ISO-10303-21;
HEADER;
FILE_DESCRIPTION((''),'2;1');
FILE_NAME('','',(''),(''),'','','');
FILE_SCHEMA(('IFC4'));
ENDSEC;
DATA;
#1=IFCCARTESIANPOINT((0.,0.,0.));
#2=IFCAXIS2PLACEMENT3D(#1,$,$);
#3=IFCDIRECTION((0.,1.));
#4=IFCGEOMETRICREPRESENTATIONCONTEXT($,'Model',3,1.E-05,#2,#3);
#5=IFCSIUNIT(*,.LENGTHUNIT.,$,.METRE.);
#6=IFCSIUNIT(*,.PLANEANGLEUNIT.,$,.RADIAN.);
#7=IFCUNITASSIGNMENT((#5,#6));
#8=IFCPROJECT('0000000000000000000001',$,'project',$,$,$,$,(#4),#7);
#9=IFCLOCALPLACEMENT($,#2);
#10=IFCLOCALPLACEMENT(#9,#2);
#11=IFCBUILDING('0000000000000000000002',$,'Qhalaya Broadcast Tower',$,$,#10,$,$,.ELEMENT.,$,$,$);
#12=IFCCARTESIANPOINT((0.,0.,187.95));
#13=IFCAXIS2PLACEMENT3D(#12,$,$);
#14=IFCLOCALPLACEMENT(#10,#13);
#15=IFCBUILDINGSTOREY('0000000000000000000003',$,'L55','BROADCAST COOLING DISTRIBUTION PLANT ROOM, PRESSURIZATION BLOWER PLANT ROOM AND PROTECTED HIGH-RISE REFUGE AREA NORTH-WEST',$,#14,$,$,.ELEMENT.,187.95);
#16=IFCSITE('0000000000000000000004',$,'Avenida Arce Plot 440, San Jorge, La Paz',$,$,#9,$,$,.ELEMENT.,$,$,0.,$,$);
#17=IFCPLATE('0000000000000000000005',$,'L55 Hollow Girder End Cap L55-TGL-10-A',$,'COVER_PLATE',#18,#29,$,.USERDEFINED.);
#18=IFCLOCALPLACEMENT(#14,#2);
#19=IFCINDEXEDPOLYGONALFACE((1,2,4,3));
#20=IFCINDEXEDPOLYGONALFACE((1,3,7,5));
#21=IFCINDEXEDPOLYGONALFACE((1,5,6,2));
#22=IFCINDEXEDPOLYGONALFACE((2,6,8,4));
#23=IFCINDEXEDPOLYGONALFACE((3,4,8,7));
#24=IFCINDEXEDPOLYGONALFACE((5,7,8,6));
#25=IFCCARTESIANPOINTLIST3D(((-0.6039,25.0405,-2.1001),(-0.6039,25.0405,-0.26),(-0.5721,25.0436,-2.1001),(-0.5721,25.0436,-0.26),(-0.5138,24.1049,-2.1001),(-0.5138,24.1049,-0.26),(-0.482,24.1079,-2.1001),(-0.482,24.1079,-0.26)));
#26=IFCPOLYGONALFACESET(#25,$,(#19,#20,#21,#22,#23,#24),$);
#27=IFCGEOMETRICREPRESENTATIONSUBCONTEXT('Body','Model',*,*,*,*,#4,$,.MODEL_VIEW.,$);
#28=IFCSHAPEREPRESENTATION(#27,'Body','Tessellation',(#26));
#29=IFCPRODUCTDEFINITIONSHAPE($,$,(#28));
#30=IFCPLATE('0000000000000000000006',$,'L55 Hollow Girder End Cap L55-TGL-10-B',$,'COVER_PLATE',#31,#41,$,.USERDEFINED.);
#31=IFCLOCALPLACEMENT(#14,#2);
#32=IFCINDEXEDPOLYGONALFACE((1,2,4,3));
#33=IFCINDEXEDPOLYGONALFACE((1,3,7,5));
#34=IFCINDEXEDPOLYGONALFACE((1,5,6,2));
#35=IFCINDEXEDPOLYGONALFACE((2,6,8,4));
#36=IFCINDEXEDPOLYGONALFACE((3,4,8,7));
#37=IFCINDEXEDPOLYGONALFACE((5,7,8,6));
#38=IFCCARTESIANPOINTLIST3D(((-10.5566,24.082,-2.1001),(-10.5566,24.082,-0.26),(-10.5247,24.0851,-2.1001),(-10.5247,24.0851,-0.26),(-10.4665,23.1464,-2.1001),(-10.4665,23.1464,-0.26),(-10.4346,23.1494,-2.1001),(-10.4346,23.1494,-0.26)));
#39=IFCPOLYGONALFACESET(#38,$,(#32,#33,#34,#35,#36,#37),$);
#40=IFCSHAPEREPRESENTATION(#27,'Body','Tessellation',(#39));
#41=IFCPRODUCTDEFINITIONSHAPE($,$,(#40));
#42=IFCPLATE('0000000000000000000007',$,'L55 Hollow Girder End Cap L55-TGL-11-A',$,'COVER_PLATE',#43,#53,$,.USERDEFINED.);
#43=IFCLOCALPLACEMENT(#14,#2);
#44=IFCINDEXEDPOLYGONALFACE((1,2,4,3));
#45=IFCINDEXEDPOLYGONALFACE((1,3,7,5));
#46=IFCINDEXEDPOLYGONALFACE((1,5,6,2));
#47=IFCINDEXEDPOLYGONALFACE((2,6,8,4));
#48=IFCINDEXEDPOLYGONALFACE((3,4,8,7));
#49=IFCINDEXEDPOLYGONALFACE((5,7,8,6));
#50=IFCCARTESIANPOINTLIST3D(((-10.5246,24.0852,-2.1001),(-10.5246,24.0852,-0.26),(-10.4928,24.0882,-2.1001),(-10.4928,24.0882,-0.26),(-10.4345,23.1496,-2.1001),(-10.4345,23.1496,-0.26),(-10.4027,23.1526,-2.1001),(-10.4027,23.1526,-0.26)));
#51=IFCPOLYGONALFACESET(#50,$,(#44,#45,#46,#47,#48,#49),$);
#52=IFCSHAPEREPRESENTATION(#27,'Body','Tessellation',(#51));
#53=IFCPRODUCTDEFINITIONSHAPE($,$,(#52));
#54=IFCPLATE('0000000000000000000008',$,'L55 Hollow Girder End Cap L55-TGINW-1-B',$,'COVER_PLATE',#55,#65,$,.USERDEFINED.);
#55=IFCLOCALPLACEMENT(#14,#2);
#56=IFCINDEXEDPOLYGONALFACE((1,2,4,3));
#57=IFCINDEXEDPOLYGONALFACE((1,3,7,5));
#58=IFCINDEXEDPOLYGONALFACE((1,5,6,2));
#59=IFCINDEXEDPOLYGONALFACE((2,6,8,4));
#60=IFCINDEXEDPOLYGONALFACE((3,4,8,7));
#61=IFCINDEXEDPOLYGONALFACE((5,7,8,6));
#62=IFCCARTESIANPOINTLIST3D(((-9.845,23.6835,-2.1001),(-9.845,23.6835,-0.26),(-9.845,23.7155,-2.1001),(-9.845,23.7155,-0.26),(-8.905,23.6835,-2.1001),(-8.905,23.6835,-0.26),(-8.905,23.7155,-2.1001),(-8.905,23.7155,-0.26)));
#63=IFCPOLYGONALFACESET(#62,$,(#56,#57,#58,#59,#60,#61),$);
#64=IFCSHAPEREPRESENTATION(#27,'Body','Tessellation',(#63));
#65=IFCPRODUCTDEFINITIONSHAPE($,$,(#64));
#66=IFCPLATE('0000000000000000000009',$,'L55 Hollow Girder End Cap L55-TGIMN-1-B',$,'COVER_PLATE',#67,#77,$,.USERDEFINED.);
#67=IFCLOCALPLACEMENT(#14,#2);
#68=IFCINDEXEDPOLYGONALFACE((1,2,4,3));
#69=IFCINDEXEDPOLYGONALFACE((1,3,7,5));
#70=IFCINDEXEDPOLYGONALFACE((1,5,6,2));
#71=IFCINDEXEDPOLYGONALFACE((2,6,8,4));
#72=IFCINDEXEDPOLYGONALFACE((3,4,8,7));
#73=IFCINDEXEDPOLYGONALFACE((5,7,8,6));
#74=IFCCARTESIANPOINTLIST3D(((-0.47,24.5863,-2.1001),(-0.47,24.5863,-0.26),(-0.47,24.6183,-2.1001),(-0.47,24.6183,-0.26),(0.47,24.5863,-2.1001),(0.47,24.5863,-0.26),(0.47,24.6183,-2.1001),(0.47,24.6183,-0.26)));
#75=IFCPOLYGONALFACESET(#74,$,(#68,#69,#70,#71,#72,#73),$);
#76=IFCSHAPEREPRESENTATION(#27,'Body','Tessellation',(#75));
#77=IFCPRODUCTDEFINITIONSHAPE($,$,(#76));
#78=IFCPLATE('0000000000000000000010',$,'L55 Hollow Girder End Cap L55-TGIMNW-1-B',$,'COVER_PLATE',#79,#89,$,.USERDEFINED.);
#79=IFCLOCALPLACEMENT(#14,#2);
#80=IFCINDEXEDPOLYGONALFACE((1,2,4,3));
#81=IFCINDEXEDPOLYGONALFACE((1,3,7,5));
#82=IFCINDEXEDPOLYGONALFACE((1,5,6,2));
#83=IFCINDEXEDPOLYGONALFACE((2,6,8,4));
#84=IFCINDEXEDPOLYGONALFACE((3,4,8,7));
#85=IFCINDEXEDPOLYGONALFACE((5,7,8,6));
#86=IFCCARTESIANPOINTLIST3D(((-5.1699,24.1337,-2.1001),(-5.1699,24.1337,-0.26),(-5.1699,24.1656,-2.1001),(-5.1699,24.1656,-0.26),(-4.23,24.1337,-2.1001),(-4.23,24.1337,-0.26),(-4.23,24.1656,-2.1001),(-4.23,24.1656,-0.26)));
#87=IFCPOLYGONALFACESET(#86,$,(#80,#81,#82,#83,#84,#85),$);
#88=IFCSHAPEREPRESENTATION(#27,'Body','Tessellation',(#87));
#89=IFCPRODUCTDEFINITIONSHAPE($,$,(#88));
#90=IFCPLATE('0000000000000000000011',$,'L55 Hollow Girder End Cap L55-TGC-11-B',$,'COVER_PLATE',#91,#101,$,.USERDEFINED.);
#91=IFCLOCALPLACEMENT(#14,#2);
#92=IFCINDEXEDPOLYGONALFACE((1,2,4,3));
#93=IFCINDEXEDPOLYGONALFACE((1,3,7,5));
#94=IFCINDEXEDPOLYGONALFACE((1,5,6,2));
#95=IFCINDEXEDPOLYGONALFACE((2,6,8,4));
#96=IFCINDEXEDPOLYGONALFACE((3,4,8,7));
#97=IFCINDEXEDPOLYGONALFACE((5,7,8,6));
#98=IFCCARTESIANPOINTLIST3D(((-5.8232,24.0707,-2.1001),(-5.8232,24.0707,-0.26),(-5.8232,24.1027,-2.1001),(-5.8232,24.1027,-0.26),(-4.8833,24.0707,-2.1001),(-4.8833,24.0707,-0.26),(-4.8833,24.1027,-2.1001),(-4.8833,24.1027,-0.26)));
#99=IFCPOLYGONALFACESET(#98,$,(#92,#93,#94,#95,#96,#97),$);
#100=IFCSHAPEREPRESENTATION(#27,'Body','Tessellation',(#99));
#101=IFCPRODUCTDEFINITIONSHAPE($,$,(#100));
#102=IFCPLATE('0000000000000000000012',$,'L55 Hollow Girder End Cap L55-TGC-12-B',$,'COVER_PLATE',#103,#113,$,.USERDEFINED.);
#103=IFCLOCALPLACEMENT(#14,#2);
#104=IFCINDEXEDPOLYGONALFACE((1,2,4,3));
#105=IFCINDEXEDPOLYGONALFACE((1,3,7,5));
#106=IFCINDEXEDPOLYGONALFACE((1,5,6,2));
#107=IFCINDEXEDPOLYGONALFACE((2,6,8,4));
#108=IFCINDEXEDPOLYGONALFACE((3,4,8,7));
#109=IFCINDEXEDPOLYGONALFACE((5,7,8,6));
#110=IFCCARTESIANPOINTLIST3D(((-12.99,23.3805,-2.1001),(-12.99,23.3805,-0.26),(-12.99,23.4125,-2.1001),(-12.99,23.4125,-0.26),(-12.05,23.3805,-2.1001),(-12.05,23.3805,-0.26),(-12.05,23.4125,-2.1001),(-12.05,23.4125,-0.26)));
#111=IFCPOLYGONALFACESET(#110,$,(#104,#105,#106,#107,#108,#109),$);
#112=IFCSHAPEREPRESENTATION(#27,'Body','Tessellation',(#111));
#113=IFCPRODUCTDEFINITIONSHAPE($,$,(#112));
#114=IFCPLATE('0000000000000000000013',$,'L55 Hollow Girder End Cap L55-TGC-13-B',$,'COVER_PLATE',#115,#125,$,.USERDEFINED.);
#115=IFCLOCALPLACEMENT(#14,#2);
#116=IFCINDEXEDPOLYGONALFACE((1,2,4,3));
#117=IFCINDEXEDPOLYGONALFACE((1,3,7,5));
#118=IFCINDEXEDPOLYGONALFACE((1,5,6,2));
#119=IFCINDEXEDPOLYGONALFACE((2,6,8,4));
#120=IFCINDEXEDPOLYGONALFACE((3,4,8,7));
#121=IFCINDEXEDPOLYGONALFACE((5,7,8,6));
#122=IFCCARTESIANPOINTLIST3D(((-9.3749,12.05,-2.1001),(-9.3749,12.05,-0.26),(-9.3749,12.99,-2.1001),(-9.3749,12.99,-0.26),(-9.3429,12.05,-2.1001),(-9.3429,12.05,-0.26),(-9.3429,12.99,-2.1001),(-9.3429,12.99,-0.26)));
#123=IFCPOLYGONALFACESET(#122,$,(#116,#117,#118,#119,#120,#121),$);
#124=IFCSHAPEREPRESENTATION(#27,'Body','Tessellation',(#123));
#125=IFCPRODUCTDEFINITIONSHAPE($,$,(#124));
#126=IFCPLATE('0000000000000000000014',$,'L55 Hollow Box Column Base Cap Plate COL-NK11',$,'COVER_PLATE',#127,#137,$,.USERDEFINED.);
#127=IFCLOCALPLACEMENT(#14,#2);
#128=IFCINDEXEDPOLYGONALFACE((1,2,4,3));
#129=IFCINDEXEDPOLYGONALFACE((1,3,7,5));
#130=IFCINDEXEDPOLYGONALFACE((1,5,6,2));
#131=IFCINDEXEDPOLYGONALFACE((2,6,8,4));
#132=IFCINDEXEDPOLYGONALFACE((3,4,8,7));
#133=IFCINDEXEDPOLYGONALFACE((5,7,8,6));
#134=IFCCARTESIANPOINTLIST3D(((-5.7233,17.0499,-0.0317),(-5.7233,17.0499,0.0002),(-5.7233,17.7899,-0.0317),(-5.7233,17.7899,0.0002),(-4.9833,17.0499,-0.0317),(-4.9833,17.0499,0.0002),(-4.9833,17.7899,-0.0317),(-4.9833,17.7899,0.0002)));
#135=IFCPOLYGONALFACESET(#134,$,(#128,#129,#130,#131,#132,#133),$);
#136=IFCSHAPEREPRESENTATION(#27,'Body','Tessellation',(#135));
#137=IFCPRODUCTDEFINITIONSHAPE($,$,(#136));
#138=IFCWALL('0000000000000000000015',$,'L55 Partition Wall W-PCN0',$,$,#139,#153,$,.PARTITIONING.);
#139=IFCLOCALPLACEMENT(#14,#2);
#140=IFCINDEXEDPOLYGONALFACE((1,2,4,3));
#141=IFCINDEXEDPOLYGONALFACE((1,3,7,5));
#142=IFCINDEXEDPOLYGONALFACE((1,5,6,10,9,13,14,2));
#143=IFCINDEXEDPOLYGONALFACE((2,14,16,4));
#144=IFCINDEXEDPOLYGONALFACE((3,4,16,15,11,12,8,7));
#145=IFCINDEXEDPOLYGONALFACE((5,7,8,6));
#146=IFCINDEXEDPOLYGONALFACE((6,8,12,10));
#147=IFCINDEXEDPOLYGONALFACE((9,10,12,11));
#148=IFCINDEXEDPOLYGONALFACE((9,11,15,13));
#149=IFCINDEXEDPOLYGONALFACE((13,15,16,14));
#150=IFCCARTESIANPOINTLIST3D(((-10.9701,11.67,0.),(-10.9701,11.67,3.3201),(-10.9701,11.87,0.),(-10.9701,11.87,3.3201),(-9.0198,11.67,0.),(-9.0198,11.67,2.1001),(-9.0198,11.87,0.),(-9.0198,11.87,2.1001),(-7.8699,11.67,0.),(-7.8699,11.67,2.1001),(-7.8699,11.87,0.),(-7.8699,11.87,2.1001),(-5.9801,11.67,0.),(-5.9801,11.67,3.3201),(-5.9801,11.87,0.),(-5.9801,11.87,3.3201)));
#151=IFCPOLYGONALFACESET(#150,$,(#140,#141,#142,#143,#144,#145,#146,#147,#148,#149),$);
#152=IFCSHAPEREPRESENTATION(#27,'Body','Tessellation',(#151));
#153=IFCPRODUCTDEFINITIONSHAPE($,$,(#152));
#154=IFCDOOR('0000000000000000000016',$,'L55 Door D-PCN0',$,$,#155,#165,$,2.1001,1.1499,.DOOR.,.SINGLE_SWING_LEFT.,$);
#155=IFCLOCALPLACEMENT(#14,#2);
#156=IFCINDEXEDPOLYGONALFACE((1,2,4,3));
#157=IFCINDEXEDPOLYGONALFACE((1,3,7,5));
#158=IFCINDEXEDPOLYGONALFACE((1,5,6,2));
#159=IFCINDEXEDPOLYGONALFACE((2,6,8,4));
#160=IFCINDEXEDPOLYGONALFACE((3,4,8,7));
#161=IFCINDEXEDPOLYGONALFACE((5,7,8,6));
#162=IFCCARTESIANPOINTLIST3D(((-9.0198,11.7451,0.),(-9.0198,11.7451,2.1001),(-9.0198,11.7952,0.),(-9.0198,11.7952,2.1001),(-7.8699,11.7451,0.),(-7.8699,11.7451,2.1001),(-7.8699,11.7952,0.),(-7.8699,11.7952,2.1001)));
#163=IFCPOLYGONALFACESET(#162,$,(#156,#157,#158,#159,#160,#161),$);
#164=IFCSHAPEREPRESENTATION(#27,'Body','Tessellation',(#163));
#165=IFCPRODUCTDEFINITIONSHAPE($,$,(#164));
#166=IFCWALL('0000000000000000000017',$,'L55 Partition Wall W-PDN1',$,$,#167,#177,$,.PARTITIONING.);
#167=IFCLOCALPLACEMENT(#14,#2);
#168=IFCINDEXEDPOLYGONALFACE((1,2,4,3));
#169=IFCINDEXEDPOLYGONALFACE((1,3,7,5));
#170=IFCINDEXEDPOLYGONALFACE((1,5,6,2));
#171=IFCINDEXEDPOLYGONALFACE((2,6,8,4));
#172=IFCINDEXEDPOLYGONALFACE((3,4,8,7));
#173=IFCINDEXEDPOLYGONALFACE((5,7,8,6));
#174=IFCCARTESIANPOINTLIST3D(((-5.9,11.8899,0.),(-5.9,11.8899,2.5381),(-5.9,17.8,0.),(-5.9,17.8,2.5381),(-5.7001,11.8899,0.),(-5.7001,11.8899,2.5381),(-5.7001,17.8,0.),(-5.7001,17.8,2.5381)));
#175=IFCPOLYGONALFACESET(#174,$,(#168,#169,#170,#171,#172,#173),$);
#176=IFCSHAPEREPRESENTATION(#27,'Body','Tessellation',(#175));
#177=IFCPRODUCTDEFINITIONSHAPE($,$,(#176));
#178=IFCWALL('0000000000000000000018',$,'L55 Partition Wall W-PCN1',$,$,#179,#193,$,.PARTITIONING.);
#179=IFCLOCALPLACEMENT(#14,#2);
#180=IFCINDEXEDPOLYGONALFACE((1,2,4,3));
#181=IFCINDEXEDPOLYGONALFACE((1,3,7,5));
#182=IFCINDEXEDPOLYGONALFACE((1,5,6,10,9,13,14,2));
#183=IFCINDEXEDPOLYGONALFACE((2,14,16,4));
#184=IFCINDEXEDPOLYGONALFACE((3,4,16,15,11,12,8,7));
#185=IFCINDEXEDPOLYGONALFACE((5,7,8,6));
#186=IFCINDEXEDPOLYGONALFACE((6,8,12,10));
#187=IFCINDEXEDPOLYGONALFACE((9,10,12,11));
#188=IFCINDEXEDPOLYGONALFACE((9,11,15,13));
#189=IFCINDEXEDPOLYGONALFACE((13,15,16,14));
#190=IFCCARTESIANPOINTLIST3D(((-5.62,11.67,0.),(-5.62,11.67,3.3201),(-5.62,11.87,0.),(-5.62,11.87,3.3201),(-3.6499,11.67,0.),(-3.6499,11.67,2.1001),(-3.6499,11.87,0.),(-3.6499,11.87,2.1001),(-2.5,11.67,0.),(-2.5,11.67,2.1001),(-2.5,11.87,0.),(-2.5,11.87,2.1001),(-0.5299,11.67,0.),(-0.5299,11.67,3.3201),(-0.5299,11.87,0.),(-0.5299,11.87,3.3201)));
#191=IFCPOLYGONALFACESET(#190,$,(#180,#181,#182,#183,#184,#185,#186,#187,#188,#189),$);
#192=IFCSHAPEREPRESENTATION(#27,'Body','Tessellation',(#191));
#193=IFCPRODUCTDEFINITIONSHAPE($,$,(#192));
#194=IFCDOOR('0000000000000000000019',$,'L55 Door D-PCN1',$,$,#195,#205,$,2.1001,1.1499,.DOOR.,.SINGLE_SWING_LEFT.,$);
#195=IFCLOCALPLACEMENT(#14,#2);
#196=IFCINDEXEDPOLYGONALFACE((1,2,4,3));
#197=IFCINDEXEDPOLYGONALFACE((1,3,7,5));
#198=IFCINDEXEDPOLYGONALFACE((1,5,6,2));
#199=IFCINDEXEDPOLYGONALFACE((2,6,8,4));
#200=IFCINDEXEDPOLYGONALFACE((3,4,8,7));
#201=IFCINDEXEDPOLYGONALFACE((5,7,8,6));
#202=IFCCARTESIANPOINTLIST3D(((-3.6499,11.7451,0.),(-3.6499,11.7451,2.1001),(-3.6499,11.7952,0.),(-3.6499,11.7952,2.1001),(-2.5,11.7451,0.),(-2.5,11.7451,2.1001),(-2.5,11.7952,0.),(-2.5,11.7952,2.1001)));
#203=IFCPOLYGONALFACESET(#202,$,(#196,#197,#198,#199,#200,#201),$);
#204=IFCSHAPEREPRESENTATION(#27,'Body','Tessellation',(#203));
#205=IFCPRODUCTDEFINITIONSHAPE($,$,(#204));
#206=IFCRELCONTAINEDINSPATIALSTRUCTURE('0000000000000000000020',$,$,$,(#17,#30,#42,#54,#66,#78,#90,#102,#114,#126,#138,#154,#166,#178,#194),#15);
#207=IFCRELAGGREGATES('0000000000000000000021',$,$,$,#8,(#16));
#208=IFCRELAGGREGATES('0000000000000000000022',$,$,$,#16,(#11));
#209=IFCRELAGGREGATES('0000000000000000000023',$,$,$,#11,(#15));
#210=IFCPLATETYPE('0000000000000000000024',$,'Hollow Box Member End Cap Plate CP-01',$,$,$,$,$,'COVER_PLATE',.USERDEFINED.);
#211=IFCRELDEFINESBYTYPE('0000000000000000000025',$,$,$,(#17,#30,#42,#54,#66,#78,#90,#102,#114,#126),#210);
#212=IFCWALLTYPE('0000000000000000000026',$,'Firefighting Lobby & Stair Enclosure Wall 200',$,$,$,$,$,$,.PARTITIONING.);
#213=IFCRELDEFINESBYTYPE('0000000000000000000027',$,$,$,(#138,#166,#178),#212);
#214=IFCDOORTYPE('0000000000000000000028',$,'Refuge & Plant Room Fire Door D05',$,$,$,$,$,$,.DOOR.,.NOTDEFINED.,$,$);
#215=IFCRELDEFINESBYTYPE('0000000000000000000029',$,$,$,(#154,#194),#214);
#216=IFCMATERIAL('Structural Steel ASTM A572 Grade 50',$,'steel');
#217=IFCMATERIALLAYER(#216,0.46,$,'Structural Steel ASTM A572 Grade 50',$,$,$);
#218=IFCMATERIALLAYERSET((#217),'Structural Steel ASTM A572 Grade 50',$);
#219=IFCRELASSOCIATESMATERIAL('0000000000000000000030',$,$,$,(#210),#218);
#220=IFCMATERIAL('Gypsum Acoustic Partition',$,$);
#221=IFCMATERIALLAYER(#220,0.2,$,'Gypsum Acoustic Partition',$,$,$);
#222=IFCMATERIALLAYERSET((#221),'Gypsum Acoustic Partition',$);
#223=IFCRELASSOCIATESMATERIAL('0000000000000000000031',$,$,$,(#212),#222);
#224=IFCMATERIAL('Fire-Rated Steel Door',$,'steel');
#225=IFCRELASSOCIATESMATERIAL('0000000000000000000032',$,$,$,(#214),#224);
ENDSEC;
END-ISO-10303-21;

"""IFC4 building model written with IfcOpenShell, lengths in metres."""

from ifc_helpers import new_model, si_unit, direction, frame, frame_2d, origin, origin_2d, place, context, subcontext, project, spatial, rectangle, extrude, material, layer, layer_set, type_object, element, fill, save


model = new_model("IFC4")

# Units and contexts
model_context = context("Model", 3, precision=1e-05, world=origin(), true_north=direction((0.0, 1.0)))
body_context = subcontext(model_context, "Body", "Model", "MODEL_VIEW")
ifc_project = project(units=[si_unit("LENGTHUNIT", "METRE"), si_unit("PLANEANGLEUNIT", "RADIAN")], contexts=[model_context])

# Site, building, storey
site_placement = place(None, origin())
site = spatial("IfcSite", under=ifc_project, at=site_placement, Name="Avenida Arce Plot 440, San Jorge, La Paz", CompositionType="ELEMENT", RefElevation=0.0)
building_placement = place(site_placement, origin())
building = spatial("IfcBuilding", under=site, at=building_placement, Name="Qhalaya Broadcast Tower", CompositionType="ELEMENT")
storey_placement = place(building_placement, frame((0.0, 0.0, 187.95)))
storey = spatial("IfcBuildingStorey", under=building, at=storey_placement, Name="L55", Description="BROADCAST COOLING DISTRIBUTION PLANT ROOM, PRESSURIZATION BLOWER PLANT ROOM AND PROTECTED HIGH-RISE REFUGE AREA NORTH-WEST", CompositionType="ELEMENT", Elevation=187.95)

# Shared definitions
ifc_material_1 = material(Name="Structural Steel ASTM A572 Grade 50", Category="steel")

# Plates
ifc_layer_1 = layer(ifc_material_1, 0.46, Name="Structural Steel ASTM A572 Grade 50")
ifc_layer_set_1 = layer_set([ifc_layer_1], Name="Structural Steel ASTM A572 Grade 50")
plate_type = type_object("IfcPlateType", Name="Hollow Box Member End Cap Plate CP-01", ElementType="COVER_PLATE", PredefinedType="USERDEFINED", material=ifc_layer_set_1)
for number, where, z_axis, x_axis, name in (
    (1, (-0.543, 24.5742, -2.1001), (0.0, 0.0, 1.0), (0.095846, -0.995396, 0.0), "L55 Hollow Girder End Cap L55-TGL-10-A"),
    (2, (-10.4956, 23.6157, -2.1001), (0.0, 0.0, 1.0), (0.095846, -0.995396, 0.0), "L55 Hollow Girder End Cap L55-TGL-10-B"),
    (3, (-10.4636, 23.6189, -2.1001), (0.0, 0.0, 1.0), (0.095846, -0.995396, 0.0), "L55 Hollow Girder End Cap L55-TGL-11-A"),
    (4, (-9.375, 23.6995, -2.1001), (0.0, 0.0, 1.0), (-1.0, 0.0, 0.0), "L55 Hollow Girder End Cap L55-TGINW-1-B"),
    (5, (0.0, 24.6023, -2.1001), (0.0, 0.0, 1.0), (-1.0, 0.0, 0.0), "L55 Hollow Girder End Cap L55-TGIMN-1-B"),
    (6, (-4.7, 24.1497, -2.1001), (0.0, 0.0, 1.0), (-1.0, 0.0, 0.0), "L55 Hollow Girder End Cap L55-TGIMNW-1-B"),
    (7, (-5.3533, 24.0867, -2.1001), (0.0, 0.0, 1.0), (-1.0, 0.0, 0.0), "L55 Hollow Girder End Cap L55-TGC-11-B"),
    (8, (-12.52, 23.3965, -2.1001), (0.0, 0.0, 1.0), (-1.0, 0.0, 0.0), "L55 Hollow Girder End Cap L55-TGC-12-B"),
    (9, (-9.3589, 12.52, -2.1001), (0.0, 0.0, 1.0), (0.0, 1.0, 0.0), "L55 Hollow Girder End Cap L55-TGC-13-B"),
):
    element("IfcPlate", number, at=place(storey_placement, frame(where, z_axis=z_axis, x_axis=x_axis)), inside=storey, type_object=plate_type, Name=name, ObjectType="COVER_PLATE", PredefinedType="USERDEFINED", context=body_context, shape_type="SweptSolid", body=[
        extrude(rectangle(XDim=0.9399, YDim=0.032, at=origin_2d()), origin(), (0.0, 0.0, 1.0), 1.8401),
    ])
plate_placement = place(storey_placement, frame((-5.3533, 17.4199, -0.0317), z_axis=(0.0, 0.0, 1.0), x_axis=(1.0, 0.0, 0.0)))
element("IfcPlate", 10, at=plate_placement, inside=storey, type_object=plate_type, Name="L55 Hollow Box Column Base Cap Plate COL-NK11", ObjectType="COVER_PLATE", PredefinedType="USERDEFINED", context=body_context, shape_type="SweptSolid", body=[
    extrude(rectangle(XDim=0.74, YDim=0.74, at=origin_2d()), origin(), (0.0, 0.0, 1.0), 0.032),
])

# Wall, opening, door
ifc_material_2 = material(Name="Gypsum Acoustic Partition")
ifc_layer_2 = layer(ifc_material_2, 0.2, Name="Gypsum Acoustic Partition")
ifc_layer_set_2 = layer_set([ifc_layer_2], Name="Gypsum Acoustic Partition")
wall_type_1 = type_object("IfcWallType", Name="Firefighting Lobby & Stair Enclosure Wall 200", PredefinedType="PARTITIONING", material=ifc_layer_set_2)
wall_1_placement = place(storey_placement, frame((-5.98, 11.77, 0.0), z_axis=(0.0, 0.0, 1.0), x_axis=(-1.0, 0.0, 0.0)))
wall_1 = element("IfcWall", 11, at=wall_1_placement, inside=storey, type_object=wall_type_1, Name="L55 Partition Wall W-PCN0", PredefinedType="PARTITIONING", context=body_context, shape_type="SweptSolid", body=[
    extrude(rectangle(XDim=4.99, YDim=0.2, at=frame_2d((2.4951, 0.0))), origin(), (0.0, 0.0, 1.0), 3.3201),
])
opening_1_placement = place(wall_1_placement, frame((1.8899, 0.0, 0.0)))
opening_1 = element("IfcOpeningElement", 12, at=opening_1_placement, cuts=wall_1, PredefinedType="OPENING", context=body_context, shape_type="SweptSolid", body=[
    extrude(rectangle(XDim=1.1499, YDim=2.1001, at=frame_2d((0.575, 1.05))), frame((0.0, 0.1121, 0.0), z_axis=(0.0, -1.0, 0.0), x_axis=(1.0, 0.0, 0.0)), (0.0, 0.0, 1.0), 0.2239),
])
ifc_material_3 = material(Name="Fire-Rated Steel Door", Category="steel")
door_type = type_object("IfcDoorType", Name="Refuge & Plant Room Fire Door D05", OperationType="NOTDEFINED", PredefinedType="DOOR", material=ifc_material_3)
door_1_placement = place(opening_1_placement, origin())
door_1 = element("IfcDoor", 13, at=door_1_placement, inside=storey, type_object=door_type, Name="L55 Door D-PCN0", OperationType="SINGLE_SWING_LEFT", OverallHeight=2.1001, OverallWidth=1.1499, PredefinedType="DOOR", context=body_context, shape_type="SweptSolid", body=[
    extrude(rectangle(XDim=1.1499, YDim=2.1001, at=frame_2d((0.575, 1.05))), frame((0.0, 0.0249, 0.0), z_axis=(0.0, -1.0, 0.0), x_axis=(1.0, 0.0, 0.0)), (0.0, 0.0, 1.0), 0.05),
])
fill(opening_1, door_1)

# Wall
wall_2_placement = place(storey_placement, frame((-5.8, 11.8899, 0.0), z_axis=(0.0, 0.0, 1.0), x_axis=(0.0, 1.0, 0.0)))
element("IfcWall", 14, at=wall_2_placement, inside=storey, type_object=wall_type_1, Name="L55 Partition Wall W-PDN1", PredefinedType="PARTITIONING", context=body_context, shape_type="SweptSolid", body=[
    extrude(rectangle(XDim=5.9102, YDim=0.2, at=frame_2d((2.9551, 0.0))), origin(), (0.0, 0.0, 1.0), 2.5381),
])

# Wall, opening, door
wall_3_placement = place(storey_placement, frame((-0.53, 11.77, 0.0), z_axis=(0.0, 0.0, 1.0), x_axis=(-1.0, 0.0, 0.0)))
wall_3 = element("IfcWall", 15, at=wall_3_placement, inside=storey, type_object=wall_type_1, Name="L55 Partition Wall W-PCN1", PredefinedType="PARTITIONING", context=body_context, shape_type="SweptSolid", body=[
    extrude(rectangle(XDim=5.0901, YDim=0.2, at=frame_2d((2.5449, 0.0))), origin(), (0.0, 0.0, 1.0), 3.3201),
])
opening_2_placement = place(wall_3_placement, frame((1.97, 0.0, 0.0)))
opening_2 = element("IfcOpeningElement", 16, at=opening_2_placement, cuts=wall_3, PredefinedType="OPENING", context=body_context, shape_type="SweptSolid", body=[
    extrude(rectangle(XDim=1.1499, YDim=2.1001, at=frame_2d((0.575, 1.05))), frame((0.0, 0.1121, 0.0), z_axis=(0.0, -1.0, 0.0), x_axis=(1.0, 0.0, 0.0)), (0.0, 0.0, 1.0), 0.2239),
])
door_2_placement = place(opening_2_placement, origin())
door_2 = element("IfcDoor", 17, at=door_2_placement, inside=storey, type_object=door_type, Name="L55 Door D-PCN1", OperationType="SINGLE_SWING_LEFT", OverallHeight=2.1001, OverallWidth=1.1499, PredefinedType="DOOR", context=body_context, shape_type="SweptSolid", body=[
    extrude(rectangle(XDim=1.1499, YDim=2.1001, at=frame_2d((0.575, 1.05))), frame((0.0, 0.0249, 0.0), z_axis=(0.0, -1.0, 0.0), x_axis=(1.0, 0.0, 0.0)), (0.0, 0.0, 1.0), 0.05),
])
fill(opening_2, door_2)

save(model, "model.ifc")
